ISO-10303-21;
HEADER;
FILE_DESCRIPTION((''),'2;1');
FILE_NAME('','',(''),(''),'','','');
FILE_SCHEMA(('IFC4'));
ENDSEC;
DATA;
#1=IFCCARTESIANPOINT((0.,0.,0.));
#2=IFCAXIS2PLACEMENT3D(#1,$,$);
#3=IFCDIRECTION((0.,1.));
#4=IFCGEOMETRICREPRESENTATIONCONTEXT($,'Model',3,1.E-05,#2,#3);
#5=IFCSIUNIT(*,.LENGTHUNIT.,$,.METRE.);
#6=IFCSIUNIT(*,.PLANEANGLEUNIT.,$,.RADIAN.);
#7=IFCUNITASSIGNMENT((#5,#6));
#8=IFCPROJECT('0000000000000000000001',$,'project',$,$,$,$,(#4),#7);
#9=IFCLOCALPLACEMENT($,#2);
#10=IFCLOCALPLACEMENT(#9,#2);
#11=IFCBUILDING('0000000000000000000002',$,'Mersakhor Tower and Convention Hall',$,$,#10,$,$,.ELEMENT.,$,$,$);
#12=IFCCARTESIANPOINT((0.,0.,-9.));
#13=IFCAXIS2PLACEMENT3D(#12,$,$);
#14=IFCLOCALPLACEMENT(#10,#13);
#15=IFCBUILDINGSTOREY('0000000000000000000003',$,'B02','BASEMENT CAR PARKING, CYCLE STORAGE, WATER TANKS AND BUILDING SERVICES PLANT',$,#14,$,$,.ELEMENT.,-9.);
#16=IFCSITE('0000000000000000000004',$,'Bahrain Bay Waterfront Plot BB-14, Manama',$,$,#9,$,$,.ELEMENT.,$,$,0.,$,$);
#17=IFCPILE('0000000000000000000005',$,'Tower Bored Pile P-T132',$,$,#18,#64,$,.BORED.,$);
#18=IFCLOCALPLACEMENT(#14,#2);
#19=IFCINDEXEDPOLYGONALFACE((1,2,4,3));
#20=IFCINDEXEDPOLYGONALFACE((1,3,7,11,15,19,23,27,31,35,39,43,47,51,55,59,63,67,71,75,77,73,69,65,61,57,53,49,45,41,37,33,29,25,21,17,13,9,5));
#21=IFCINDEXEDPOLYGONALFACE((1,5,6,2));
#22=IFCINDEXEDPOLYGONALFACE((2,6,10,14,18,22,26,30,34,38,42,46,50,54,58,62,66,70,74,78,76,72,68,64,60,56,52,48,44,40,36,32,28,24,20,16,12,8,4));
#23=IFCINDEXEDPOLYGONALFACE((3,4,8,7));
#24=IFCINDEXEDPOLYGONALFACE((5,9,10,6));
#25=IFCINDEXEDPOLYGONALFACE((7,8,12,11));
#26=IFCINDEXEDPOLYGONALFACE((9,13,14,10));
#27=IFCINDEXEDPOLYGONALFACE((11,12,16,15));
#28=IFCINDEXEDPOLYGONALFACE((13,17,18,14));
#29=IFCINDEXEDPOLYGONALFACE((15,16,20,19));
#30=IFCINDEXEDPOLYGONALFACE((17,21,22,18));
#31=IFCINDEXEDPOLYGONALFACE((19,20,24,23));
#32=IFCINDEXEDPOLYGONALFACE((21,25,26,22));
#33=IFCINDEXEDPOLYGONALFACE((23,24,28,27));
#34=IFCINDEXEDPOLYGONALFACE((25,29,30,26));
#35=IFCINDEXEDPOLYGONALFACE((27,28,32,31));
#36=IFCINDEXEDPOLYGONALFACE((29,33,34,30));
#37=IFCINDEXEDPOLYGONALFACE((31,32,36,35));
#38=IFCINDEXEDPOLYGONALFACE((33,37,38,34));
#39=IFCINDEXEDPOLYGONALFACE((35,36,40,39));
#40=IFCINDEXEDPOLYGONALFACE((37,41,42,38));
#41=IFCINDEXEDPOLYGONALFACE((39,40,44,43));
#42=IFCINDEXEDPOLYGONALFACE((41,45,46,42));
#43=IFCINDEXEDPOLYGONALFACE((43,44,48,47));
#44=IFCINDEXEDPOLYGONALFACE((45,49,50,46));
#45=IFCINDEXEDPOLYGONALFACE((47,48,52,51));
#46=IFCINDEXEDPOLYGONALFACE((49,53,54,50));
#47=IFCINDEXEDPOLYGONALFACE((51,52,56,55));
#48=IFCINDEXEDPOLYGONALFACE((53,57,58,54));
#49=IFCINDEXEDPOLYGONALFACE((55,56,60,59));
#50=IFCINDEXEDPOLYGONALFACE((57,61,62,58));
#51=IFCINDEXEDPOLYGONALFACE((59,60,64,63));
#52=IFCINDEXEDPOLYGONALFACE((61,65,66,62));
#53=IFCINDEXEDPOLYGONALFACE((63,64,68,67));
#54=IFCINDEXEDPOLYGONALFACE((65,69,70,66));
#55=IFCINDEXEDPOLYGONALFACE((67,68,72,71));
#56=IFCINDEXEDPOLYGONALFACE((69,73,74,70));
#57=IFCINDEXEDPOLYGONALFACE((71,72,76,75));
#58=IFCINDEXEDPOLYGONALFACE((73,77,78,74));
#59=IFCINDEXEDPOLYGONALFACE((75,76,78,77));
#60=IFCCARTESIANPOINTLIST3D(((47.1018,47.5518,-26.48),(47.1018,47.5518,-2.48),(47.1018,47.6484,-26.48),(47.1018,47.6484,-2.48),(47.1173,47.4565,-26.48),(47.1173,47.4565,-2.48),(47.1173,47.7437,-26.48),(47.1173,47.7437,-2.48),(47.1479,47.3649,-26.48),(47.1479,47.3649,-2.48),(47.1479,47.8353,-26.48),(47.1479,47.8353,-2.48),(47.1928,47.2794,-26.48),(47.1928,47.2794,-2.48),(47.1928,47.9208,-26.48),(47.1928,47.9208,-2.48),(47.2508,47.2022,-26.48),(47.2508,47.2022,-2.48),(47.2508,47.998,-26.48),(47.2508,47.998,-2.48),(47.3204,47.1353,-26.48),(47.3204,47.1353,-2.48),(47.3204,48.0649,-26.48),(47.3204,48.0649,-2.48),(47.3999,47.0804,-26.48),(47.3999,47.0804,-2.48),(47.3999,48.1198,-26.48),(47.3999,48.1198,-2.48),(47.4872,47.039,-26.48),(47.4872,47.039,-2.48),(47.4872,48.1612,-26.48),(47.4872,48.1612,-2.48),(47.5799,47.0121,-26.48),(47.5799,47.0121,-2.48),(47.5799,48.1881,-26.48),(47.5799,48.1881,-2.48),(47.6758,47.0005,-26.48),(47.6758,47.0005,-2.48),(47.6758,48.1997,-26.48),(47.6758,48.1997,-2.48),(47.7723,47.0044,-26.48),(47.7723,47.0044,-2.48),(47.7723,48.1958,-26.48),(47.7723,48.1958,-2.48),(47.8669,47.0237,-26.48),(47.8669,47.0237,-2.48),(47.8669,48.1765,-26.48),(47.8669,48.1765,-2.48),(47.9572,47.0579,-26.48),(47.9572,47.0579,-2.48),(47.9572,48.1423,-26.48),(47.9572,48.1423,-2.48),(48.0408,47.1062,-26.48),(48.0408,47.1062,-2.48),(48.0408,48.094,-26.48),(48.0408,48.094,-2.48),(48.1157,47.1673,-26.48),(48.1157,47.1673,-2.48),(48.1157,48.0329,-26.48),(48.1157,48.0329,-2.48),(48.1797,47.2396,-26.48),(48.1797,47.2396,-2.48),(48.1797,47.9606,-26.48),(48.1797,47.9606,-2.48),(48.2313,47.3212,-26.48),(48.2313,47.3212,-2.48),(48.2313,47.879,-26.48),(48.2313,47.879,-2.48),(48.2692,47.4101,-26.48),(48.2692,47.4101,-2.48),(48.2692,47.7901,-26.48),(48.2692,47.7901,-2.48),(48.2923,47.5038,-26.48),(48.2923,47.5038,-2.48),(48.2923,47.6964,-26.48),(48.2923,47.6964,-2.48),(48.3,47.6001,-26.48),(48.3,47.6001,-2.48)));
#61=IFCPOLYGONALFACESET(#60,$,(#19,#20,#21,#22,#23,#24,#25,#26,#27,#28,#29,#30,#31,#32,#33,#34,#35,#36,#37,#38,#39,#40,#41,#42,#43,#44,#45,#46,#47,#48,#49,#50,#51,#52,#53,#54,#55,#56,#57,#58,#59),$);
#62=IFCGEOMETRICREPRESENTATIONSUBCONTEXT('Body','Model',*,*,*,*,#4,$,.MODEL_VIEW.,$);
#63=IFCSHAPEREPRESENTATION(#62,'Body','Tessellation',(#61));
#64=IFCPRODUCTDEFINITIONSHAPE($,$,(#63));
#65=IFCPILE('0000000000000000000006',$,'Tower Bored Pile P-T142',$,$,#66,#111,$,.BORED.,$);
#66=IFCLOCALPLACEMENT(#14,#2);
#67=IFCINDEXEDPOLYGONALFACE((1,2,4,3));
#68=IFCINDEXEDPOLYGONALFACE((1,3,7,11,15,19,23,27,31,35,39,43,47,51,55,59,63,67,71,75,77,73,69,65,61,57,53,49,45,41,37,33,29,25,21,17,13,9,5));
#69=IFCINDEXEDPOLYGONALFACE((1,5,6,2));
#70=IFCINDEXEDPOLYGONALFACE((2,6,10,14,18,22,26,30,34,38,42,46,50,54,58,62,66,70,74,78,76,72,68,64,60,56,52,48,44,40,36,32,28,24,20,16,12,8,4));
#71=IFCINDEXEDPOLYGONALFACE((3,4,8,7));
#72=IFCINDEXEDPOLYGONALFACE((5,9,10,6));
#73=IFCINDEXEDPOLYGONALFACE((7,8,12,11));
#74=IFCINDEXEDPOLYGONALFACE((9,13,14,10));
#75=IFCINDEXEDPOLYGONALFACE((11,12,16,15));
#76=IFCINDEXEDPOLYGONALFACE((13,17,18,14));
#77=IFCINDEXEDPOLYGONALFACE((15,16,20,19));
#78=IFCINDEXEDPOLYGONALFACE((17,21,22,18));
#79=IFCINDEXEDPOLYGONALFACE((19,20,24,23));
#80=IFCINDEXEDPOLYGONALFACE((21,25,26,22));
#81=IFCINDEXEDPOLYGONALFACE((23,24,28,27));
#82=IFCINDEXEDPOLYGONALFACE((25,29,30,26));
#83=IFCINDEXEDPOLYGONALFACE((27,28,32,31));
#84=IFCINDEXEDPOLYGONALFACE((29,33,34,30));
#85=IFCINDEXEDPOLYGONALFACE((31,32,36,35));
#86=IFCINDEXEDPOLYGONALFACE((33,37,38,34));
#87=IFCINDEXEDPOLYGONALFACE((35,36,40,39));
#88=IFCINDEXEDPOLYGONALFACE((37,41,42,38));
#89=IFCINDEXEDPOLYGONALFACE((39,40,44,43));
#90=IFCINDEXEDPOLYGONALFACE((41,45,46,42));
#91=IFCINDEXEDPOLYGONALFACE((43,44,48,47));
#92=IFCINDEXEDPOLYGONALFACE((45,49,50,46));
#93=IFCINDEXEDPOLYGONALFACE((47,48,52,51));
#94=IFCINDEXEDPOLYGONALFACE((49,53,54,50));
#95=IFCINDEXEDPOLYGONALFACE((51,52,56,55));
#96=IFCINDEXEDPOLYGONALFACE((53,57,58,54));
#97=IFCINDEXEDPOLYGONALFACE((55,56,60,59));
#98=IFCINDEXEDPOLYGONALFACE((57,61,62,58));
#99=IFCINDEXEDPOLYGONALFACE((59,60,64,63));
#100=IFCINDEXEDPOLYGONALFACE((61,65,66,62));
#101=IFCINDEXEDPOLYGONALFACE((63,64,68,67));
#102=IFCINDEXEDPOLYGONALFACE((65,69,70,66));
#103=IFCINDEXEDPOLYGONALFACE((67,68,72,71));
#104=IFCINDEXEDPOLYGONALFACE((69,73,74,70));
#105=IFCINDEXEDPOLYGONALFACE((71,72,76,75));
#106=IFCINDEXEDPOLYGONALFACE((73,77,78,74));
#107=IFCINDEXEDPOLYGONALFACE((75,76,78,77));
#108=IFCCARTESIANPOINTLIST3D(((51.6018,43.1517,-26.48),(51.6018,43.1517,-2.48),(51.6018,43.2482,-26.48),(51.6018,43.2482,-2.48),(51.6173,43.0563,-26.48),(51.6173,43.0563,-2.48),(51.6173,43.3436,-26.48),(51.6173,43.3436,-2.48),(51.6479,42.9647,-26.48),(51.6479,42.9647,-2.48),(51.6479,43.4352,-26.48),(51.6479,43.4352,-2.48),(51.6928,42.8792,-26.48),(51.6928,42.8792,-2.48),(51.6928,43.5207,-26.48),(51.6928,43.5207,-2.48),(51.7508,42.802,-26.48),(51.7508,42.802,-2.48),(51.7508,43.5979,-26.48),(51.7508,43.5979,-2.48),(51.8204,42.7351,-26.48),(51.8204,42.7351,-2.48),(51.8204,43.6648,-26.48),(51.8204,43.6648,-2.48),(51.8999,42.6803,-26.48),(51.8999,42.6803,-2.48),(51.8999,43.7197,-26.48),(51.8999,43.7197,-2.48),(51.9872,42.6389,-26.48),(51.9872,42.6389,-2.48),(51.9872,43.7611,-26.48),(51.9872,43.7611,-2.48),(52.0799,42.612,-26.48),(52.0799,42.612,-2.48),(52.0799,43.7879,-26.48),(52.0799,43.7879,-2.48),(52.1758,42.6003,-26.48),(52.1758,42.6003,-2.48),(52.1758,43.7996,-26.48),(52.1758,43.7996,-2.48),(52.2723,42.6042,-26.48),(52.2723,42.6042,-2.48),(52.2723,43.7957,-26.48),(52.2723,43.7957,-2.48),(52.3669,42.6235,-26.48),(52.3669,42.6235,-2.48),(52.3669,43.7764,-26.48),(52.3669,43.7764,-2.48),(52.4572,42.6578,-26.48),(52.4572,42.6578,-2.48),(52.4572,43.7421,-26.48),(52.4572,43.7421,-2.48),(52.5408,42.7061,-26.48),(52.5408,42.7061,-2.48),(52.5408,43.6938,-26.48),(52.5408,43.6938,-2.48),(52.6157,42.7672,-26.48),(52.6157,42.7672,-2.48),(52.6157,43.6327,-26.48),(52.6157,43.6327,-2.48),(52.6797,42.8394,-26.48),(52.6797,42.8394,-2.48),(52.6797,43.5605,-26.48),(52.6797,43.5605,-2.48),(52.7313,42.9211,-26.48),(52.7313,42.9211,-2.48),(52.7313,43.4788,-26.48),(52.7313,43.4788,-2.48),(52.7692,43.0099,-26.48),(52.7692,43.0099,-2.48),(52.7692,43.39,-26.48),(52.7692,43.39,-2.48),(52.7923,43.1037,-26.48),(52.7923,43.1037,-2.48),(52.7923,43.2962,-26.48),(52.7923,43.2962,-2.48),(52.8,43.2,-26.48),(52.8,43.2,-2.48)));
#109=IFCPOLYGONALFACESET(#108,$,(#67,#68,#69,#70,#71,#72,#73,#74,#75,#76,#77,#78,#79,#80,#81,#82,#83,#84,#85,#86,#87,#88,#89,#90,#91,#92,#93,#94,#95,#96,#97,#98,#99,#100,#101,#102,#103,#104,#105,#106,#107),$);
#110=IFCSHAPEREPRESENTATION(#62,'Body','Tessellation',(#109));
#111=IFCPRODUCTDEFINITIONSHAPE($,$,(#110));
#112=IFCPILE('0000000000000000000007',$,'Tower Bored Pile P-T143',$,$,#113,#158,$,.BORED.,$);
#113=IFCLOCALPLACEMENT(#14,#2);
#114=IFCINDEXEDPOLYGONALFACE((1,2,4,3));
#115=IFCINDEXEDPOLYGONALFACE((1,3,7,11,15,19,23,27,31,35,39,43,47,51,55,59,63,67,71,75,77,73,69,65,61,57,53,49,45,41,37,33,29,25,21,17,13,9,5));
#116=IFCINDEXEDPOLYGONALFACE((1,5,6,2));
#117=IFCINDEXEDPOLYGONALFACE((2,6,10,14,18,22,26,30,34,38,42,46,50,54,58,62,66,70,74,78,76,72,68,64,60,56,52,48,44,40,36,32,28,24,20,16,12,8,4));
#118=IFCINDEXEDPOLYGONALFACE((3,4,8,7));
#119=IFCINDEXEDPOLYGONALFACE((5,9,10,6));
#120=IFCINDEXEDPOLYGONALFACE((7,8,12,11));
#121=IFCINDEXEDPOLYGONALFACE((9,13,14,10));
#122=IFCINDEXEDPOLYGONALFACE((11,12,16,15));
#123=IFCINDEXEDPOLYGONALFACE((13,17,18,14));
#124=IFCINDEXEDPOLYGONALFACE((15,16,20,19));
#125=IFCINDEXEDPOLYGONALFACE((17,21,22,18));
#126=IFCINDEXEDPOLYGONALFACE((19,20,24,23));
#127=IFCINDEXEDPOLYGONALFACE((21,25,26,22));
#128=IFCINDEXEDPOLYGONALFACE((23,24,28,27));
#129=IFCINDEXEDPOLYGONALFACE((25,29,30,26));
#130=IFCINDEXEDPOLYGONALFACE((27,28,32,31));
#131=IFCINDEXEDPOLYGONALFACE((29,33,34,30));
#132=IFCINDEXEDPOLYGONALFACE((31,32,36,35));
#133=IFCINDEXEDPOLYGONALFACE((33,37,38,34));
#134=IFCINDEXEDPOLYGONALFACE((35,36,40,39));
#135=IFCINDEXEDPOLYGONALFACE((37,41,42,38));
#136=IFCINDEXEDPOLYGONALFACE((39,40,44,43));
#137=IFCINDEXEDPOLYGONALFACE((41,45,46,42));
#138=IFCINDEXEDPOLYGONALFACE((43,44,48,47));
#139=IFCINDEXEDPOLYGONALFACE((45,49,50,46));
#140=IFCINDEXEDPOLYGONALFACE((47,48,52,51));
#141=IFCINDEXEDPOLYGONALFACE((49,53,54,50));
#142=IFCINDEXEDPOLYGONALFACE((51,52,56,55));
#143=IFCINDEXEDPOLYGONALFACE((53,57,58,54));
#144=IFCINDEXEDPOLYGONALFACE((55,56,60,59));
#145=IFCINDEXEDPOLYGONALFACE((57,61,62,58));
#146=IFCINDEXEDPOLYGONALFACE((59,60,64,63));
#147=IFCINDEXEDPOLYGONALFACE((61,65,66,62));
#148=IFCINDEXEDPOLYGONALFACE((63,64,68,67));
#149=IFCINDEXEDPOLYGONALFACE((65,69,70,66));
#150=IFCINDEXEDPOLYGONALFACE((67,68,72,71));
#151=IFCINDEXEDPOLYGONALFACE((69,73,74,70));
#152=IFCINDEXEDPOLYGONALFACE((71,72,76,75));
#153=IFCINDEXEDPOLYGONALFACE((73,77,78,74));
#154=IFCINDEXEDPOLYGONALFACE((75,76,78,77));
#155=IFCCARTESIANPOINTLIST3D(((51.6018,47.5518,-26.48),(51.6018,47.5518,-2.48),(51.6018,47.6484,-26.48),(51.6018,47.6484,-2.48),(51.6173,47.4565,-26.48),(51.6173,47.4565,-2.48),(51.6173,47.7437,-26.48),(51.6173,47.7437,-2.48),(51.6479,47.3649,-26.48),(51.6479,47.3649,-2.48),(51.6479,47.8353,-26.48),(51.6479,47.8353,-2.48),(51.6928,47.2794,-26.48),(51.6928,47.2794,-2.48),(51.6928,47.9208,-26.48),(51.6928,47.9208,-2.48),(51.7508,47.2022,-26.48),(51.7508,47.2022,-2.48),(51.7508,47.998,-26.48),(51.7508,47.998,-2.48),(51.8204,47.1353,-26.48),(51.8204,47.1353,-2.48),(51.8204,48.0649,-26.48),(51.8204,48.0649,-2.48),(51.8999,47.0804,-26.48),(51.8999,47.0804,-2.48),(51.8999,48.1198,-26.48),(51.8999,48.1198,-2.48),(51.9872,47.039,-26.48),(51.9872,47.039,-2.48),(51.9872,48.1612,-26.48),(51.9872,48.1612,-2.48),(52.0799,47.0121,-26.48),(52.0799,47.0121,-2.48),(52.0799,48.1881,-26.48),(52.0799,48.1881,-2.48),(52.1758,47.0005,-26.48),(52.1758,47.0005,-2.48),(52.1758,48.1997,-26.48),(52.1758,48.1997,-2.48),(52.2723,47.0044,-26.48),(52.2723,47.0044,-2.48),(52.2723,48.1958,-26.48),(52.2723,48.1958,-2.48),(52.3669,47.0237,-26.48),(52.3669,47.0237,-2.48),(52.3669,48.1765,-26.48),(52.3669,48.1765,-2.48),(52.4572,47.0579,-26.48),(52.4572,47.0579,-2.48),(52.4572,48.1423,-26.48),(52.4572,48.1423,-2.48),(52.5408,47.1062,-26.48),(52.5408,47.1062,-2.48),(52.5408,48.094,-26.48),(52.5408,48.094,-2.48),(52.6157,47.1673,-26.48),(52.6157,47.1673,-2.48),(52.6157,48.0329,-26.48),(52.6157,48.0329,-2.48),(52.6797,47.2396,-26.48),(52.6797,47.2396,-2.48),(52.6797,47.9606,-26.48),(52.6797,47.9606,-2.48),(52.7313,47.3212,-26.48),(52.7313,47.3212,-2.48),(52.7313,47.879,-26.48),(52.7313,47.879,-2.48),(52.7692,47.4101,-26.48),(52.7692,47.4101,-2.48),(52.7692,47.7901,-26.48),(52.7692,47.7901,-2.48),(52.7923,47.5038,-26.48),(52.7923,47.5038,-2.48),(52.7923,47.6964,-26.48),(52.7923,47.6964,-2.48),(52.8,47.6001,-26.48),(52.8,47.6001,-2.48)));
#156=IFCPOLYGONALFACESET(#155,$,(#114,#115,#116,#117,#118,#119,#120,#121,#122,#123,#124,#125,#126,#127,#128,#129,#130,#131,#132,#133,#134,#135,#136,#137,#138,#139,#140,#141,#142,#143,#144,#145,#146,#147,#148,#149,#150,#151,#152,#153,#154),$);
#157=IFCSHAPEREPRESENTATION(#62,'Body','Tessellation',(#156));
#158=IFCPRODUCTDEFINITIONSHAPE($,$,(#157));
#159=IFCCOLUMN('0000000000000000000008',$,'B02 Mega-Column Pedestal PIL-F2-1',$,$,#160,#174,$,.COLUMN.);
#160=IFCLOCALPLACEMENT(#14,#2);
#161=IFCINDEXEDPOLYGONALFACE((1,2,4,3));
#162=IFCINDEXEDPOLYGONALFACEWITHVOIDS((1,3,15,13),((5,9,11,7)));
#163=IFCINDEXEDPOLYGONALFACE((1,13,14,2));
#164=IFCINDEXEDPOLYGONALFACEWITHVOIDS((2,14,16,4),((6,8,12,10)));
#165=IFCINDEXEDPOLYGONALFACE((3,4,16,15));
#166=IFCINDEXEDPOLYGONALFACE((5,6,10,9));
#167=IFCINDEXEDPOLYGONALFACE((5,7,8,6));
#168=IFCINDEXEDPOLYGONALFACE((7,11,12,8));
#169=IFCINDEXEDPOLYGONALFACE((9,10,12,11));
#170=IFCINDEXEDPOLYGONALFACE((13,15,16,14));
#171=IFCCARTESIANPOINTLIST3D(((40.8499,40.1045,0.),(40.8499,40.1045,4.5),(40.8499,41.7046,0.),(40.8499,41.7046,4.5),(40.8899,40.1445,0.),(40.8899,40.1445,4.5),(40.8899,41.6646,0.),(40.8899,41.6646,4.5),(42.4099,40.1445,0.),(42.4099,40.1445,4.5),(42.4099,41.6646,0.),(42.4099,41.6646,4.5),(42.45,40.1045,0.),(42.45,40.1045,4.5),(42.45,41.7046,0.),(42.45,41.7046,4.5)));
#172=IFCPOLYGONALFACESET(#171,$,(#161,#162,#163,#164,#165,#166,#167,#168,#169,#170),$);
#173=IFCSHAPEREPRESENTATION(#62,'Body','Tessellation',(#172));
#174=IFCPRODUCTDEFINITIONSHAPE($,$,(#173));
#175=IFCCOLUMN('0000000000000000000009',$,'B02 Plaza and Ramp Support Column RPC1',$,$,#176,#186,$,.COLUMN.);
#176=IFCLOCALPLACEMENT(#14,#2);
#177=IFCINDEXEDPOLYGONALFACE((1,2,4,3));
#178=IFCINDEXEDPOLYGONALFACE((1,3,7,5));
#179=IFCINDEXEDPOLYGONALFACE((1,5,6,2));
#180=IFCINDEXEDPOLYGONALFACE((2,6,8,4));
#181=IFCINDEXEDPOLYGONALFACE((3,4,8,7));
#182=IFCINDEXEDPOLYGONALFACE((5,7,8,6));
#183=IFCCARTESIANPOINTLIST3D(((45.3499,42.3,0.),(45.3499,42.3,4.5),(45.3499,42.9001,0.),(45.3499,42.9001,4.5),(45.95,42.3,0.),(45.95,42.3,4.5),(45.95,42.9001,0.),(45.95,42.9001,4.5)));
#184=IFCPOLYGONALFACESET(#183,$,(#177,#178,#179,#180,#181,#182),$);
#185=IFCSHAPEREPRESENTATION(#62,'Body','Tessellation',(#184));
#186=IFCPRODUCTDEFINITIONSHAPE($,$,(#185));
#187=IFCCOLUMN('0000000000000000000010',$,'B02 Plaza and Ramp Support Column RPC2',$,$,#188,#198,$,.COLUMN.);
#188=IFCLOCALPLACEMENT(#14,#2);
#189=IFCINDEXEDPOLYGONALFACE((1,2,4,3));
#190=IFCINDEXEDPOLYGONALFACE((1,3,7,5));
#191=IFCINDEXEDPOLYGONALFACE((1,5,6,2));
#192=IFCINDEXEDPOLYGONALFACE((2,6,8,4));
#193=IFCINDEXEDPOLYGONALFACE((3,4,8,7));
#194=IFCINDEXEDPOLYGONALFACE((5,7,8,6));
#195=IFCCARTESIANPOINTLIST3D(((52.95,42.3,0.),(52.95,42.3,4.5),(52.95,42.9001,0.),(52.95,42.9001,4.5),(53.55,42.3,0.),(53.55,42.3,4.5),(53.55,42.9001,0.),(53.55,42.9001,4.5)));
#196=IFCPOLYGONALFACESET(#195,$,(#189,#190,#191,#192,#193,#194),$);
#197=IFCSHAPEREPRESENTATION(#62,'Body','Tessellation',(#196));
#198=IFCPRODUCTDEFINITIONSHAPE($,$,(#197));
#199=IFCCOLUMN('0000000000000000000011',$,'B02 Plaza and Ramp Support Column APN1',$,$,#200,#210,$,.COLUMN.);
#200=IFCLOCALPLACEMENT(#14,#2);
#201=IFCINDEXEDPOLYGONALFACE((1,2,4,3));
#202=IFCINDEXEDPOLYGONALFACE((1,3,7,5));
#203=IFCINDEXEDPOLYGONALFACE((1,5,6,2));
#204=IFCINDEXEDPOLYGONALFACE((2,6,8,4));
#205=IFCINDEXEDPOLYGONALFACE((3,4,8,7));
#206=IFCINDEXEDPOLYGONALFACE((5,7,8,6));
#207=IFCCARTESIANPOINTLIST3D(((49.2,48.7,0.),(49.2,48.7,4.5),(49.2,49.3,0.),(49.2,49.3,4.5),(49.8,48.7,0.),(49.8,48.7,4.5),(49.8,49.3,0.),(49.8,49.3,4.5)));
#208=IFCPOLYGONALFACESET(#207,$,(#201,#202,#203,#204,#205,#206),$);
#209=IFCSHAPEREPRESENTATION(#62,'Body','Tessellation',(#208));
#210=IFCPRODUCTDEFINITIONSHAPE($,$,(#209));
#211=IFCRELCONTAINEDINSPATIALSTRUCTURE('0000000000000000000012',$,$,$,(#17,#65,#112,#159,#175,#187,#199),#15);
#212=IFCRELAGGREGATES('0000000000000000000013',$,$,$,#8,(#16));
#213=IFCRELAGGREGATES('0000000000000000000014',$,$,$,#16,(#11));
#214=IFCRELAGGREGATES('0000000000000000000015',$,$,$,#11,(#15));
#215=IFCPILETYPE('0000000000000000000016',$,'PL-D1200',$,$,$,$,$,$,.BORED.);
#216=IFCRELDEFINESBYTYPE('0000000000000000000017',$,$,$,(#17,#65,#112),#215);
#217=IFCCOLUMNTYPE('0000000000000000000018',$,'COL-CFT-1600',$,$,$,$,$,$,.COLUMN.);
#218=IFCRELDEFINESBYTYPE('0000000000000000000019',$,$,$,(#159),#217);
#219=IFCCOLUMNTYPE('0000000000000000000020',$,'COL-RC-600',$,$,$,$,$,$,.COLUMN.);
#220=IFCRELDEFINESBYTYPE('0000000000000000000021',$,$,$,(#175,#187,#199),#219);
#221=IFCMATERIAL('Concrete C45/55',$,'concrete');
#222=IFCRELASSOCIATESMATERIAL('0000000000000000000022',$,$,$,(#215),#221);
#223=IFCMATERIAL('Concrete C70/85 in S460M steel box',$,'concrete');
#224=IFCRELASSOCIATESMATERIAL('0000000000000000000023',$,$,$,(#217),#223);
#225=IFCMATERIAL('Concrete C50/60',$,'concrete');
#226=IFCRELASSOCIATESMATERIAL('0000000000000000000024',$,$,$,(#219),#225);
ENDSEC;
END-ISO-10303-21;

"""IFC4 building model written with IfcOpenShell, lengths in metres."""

from ifc_helpers import new_model, si_unit, direction, frame, origin, origin_2d, place, context, subcontext, project, spatial, rectangle, hollow_rectangle, circle, extrude, material, material_profile, profile_set, type_object, element, save


model = new_model("IFC4")

# Units and contexts
model_context = context("Model", 3, precision=1e-05, world=origin(), true_north=direction((0.0, 1.0)))
body_context = subcontext(model_context, "Body", "Model", "MODEL_VIEW")
ifc_project = project(units=[si_unit("LENGTHUNIT", "METRE"), si_unit("PLANEANGLEUNIT", "RADIAN")], contexts=[model_context])

# Site, building, storey
site_placement = place(None, origin())
site = spatial("IfcSite", under=ifc_project, at=site_placement, Name="Bahrain Bay Waterfront Plot BB-14, Manama", CompositionType="ELEMENT", RefElevation=0.0)
building_placement = place(site_placement, origin())
building = spatial("IfcBuilding", under=site, at=building_placement, Name="Mersakhor Tower and Convention Hall", CompositionType="ELEMENT")
storey_placement = place(building_placement, frame((0.0, 0.0, -9.0)))
storey = spatial("IfcBuildingStorey", under=building, at=storey_placement, Name="B02", Description="BASEMENT CAR PARKING, CYCLE STORAGE, WATER TANKS AND BUILDING SERVICES PLANT", CompositionType="ELEMENT", Elevation=-9.0)

# Piles
ifc_material_1 = material(Name="Concrete C45/55", Category="concrete")
ifc_material_profile_1 = material_profile(ifc_material_1, circle(Radius=0.6001, at=origin_2d()), Name="PILE D1200")
ifc_profile_set_1 = profile_set([ifc_material_profile_1], Name="Concrete C45/55")
pile_type_1 = type_object("IfcPileType", Name="PL-D1200", PredefinedType="BORED", material=ifc_profile_set_1)
for number, where, z_axis, x_axis, name in (
    (1, (47.7, 47.6001, -2.48), (0.0, 0.0, -1.0), (1.0, 0.0, 0.0), "Tower Bored Pile P-T132"),
    (2, (52.2, 43.2, -2.48), (0.0, 0.0, -1.0), (1.0, 0.0, 0.0), "Tower Bored Pile P-T142"),
    (3, (52.2, 47.6001, -2.48), (0.0, 0.0, -1.0), (1.0, 0.0, 0.0), "Tower Bored Pile P-T143"),
):
    element("IfcPile", number, at=place(storey_placement, frame(where, z_axis=z_axis, x_axis=x_axis)), inside=storey, type_object=pile_type_1, Name=name, PredefinedType="BORED", context=body_context, shape_type="SweptSolid", body=[
        extrude(circle(Radius=0.6001, at=origin_2d()), origin(), (0.0, 0.0, 1.0), 24.0),
    ])

# Columns
ifc_material_2 = material(Name="Concrete C70/85 in S460M steel box", Category="concrete")
ifc_material_profile_2 = material_profile(ifc_material_2, hollow_rectangle(XDim=1.6001, YDim=1.6001, WallThickness=0.04, at=origin_2d()), Name="SHS 1600x1600x40")
ifc_profile_set_2 = profile_set([ifc_material_profile_2], Name="Concrete C70/85 in S460M steel box")
column_type_1 = type_object("IfcColumnType", Name="COL-CFT-1600", PredefinedType="COLUMN", material=ifc_profile_set_2)
column_1_placement = place(storey_placement, frame((41.6499, 40.9045, 0.0), z_axis=(0.0, 0.0, 1.0), x_axis=(1.0, 0.0, 0.0)))
element("IfcColumn", 4, at=column_1_placement, inside=storey, type_object=column_type_1, Name="B02 Mega-Column Pedestal PIL-F2-1", PredefinedType="COLUMN", context=body_context, shape_type="SweptSolid", body=[
    extrude(hollow_rectangle(XDim=1.6001, YDim=1.6001, WallThickness=0.04, at=origin_2d()), origin(), (0.0, 0.0, 1.0), 4.5),
])
ifc_material_3 = material(Name="Concrete C50/60", Category="concrete")
ifc_material_profile_3 = material_profile(ifc_material_3, rectangle(XDim=0.6001, YDim=0.6001, at=origin_2d()), Name="RC 600x600")
ifc_profile_set_3 = profile_set([ifc_material_profile_3], Name="Concrete C50/60")
column_type_2 = type_object("IfcColumnType", Name="COL-RC-600", PredefinedType="COLUMN", material=ifc_profile_set_3)
for number, where, z_axis, x_axis, name in (
    (5, (45.6499, 42.6001, 0.0), (0.0, 0.0, 1.0), (1.0, 0.0, 0.0), "B02 Plaza and Ramp Support Column RPC1"),
    (6, (53.25, 42.6001, 0.0), (0.0, 0.0, 1.0), (1.0, 0.0, 0.0), "B02 Plaza and Ramp Support Column RPC2"),
    (7, (49.5, 49.0, 0.0), (0.0, 0.0, 1.0), (1.0, 0.0, 0.0), "B02 Plaza and Ramp Support Column APN1"),
):
    element("IfcColumn", number, at=place(storey_placement, frame(where, z_axis=z_axis, x_axis=x_axis)), inside=storey, type_object=column_type_2, Name=name, PredefinedType="COLUMN", context=body_context, shape_type="SweptSolid", body=[
        extrude(rectangle(XDim=0.6001, YDim=0.6001, at=origin_2d()), origin(), (0.0, 0.0, 1.0), 4.5),
    ])

save(model, "model.ifc")
